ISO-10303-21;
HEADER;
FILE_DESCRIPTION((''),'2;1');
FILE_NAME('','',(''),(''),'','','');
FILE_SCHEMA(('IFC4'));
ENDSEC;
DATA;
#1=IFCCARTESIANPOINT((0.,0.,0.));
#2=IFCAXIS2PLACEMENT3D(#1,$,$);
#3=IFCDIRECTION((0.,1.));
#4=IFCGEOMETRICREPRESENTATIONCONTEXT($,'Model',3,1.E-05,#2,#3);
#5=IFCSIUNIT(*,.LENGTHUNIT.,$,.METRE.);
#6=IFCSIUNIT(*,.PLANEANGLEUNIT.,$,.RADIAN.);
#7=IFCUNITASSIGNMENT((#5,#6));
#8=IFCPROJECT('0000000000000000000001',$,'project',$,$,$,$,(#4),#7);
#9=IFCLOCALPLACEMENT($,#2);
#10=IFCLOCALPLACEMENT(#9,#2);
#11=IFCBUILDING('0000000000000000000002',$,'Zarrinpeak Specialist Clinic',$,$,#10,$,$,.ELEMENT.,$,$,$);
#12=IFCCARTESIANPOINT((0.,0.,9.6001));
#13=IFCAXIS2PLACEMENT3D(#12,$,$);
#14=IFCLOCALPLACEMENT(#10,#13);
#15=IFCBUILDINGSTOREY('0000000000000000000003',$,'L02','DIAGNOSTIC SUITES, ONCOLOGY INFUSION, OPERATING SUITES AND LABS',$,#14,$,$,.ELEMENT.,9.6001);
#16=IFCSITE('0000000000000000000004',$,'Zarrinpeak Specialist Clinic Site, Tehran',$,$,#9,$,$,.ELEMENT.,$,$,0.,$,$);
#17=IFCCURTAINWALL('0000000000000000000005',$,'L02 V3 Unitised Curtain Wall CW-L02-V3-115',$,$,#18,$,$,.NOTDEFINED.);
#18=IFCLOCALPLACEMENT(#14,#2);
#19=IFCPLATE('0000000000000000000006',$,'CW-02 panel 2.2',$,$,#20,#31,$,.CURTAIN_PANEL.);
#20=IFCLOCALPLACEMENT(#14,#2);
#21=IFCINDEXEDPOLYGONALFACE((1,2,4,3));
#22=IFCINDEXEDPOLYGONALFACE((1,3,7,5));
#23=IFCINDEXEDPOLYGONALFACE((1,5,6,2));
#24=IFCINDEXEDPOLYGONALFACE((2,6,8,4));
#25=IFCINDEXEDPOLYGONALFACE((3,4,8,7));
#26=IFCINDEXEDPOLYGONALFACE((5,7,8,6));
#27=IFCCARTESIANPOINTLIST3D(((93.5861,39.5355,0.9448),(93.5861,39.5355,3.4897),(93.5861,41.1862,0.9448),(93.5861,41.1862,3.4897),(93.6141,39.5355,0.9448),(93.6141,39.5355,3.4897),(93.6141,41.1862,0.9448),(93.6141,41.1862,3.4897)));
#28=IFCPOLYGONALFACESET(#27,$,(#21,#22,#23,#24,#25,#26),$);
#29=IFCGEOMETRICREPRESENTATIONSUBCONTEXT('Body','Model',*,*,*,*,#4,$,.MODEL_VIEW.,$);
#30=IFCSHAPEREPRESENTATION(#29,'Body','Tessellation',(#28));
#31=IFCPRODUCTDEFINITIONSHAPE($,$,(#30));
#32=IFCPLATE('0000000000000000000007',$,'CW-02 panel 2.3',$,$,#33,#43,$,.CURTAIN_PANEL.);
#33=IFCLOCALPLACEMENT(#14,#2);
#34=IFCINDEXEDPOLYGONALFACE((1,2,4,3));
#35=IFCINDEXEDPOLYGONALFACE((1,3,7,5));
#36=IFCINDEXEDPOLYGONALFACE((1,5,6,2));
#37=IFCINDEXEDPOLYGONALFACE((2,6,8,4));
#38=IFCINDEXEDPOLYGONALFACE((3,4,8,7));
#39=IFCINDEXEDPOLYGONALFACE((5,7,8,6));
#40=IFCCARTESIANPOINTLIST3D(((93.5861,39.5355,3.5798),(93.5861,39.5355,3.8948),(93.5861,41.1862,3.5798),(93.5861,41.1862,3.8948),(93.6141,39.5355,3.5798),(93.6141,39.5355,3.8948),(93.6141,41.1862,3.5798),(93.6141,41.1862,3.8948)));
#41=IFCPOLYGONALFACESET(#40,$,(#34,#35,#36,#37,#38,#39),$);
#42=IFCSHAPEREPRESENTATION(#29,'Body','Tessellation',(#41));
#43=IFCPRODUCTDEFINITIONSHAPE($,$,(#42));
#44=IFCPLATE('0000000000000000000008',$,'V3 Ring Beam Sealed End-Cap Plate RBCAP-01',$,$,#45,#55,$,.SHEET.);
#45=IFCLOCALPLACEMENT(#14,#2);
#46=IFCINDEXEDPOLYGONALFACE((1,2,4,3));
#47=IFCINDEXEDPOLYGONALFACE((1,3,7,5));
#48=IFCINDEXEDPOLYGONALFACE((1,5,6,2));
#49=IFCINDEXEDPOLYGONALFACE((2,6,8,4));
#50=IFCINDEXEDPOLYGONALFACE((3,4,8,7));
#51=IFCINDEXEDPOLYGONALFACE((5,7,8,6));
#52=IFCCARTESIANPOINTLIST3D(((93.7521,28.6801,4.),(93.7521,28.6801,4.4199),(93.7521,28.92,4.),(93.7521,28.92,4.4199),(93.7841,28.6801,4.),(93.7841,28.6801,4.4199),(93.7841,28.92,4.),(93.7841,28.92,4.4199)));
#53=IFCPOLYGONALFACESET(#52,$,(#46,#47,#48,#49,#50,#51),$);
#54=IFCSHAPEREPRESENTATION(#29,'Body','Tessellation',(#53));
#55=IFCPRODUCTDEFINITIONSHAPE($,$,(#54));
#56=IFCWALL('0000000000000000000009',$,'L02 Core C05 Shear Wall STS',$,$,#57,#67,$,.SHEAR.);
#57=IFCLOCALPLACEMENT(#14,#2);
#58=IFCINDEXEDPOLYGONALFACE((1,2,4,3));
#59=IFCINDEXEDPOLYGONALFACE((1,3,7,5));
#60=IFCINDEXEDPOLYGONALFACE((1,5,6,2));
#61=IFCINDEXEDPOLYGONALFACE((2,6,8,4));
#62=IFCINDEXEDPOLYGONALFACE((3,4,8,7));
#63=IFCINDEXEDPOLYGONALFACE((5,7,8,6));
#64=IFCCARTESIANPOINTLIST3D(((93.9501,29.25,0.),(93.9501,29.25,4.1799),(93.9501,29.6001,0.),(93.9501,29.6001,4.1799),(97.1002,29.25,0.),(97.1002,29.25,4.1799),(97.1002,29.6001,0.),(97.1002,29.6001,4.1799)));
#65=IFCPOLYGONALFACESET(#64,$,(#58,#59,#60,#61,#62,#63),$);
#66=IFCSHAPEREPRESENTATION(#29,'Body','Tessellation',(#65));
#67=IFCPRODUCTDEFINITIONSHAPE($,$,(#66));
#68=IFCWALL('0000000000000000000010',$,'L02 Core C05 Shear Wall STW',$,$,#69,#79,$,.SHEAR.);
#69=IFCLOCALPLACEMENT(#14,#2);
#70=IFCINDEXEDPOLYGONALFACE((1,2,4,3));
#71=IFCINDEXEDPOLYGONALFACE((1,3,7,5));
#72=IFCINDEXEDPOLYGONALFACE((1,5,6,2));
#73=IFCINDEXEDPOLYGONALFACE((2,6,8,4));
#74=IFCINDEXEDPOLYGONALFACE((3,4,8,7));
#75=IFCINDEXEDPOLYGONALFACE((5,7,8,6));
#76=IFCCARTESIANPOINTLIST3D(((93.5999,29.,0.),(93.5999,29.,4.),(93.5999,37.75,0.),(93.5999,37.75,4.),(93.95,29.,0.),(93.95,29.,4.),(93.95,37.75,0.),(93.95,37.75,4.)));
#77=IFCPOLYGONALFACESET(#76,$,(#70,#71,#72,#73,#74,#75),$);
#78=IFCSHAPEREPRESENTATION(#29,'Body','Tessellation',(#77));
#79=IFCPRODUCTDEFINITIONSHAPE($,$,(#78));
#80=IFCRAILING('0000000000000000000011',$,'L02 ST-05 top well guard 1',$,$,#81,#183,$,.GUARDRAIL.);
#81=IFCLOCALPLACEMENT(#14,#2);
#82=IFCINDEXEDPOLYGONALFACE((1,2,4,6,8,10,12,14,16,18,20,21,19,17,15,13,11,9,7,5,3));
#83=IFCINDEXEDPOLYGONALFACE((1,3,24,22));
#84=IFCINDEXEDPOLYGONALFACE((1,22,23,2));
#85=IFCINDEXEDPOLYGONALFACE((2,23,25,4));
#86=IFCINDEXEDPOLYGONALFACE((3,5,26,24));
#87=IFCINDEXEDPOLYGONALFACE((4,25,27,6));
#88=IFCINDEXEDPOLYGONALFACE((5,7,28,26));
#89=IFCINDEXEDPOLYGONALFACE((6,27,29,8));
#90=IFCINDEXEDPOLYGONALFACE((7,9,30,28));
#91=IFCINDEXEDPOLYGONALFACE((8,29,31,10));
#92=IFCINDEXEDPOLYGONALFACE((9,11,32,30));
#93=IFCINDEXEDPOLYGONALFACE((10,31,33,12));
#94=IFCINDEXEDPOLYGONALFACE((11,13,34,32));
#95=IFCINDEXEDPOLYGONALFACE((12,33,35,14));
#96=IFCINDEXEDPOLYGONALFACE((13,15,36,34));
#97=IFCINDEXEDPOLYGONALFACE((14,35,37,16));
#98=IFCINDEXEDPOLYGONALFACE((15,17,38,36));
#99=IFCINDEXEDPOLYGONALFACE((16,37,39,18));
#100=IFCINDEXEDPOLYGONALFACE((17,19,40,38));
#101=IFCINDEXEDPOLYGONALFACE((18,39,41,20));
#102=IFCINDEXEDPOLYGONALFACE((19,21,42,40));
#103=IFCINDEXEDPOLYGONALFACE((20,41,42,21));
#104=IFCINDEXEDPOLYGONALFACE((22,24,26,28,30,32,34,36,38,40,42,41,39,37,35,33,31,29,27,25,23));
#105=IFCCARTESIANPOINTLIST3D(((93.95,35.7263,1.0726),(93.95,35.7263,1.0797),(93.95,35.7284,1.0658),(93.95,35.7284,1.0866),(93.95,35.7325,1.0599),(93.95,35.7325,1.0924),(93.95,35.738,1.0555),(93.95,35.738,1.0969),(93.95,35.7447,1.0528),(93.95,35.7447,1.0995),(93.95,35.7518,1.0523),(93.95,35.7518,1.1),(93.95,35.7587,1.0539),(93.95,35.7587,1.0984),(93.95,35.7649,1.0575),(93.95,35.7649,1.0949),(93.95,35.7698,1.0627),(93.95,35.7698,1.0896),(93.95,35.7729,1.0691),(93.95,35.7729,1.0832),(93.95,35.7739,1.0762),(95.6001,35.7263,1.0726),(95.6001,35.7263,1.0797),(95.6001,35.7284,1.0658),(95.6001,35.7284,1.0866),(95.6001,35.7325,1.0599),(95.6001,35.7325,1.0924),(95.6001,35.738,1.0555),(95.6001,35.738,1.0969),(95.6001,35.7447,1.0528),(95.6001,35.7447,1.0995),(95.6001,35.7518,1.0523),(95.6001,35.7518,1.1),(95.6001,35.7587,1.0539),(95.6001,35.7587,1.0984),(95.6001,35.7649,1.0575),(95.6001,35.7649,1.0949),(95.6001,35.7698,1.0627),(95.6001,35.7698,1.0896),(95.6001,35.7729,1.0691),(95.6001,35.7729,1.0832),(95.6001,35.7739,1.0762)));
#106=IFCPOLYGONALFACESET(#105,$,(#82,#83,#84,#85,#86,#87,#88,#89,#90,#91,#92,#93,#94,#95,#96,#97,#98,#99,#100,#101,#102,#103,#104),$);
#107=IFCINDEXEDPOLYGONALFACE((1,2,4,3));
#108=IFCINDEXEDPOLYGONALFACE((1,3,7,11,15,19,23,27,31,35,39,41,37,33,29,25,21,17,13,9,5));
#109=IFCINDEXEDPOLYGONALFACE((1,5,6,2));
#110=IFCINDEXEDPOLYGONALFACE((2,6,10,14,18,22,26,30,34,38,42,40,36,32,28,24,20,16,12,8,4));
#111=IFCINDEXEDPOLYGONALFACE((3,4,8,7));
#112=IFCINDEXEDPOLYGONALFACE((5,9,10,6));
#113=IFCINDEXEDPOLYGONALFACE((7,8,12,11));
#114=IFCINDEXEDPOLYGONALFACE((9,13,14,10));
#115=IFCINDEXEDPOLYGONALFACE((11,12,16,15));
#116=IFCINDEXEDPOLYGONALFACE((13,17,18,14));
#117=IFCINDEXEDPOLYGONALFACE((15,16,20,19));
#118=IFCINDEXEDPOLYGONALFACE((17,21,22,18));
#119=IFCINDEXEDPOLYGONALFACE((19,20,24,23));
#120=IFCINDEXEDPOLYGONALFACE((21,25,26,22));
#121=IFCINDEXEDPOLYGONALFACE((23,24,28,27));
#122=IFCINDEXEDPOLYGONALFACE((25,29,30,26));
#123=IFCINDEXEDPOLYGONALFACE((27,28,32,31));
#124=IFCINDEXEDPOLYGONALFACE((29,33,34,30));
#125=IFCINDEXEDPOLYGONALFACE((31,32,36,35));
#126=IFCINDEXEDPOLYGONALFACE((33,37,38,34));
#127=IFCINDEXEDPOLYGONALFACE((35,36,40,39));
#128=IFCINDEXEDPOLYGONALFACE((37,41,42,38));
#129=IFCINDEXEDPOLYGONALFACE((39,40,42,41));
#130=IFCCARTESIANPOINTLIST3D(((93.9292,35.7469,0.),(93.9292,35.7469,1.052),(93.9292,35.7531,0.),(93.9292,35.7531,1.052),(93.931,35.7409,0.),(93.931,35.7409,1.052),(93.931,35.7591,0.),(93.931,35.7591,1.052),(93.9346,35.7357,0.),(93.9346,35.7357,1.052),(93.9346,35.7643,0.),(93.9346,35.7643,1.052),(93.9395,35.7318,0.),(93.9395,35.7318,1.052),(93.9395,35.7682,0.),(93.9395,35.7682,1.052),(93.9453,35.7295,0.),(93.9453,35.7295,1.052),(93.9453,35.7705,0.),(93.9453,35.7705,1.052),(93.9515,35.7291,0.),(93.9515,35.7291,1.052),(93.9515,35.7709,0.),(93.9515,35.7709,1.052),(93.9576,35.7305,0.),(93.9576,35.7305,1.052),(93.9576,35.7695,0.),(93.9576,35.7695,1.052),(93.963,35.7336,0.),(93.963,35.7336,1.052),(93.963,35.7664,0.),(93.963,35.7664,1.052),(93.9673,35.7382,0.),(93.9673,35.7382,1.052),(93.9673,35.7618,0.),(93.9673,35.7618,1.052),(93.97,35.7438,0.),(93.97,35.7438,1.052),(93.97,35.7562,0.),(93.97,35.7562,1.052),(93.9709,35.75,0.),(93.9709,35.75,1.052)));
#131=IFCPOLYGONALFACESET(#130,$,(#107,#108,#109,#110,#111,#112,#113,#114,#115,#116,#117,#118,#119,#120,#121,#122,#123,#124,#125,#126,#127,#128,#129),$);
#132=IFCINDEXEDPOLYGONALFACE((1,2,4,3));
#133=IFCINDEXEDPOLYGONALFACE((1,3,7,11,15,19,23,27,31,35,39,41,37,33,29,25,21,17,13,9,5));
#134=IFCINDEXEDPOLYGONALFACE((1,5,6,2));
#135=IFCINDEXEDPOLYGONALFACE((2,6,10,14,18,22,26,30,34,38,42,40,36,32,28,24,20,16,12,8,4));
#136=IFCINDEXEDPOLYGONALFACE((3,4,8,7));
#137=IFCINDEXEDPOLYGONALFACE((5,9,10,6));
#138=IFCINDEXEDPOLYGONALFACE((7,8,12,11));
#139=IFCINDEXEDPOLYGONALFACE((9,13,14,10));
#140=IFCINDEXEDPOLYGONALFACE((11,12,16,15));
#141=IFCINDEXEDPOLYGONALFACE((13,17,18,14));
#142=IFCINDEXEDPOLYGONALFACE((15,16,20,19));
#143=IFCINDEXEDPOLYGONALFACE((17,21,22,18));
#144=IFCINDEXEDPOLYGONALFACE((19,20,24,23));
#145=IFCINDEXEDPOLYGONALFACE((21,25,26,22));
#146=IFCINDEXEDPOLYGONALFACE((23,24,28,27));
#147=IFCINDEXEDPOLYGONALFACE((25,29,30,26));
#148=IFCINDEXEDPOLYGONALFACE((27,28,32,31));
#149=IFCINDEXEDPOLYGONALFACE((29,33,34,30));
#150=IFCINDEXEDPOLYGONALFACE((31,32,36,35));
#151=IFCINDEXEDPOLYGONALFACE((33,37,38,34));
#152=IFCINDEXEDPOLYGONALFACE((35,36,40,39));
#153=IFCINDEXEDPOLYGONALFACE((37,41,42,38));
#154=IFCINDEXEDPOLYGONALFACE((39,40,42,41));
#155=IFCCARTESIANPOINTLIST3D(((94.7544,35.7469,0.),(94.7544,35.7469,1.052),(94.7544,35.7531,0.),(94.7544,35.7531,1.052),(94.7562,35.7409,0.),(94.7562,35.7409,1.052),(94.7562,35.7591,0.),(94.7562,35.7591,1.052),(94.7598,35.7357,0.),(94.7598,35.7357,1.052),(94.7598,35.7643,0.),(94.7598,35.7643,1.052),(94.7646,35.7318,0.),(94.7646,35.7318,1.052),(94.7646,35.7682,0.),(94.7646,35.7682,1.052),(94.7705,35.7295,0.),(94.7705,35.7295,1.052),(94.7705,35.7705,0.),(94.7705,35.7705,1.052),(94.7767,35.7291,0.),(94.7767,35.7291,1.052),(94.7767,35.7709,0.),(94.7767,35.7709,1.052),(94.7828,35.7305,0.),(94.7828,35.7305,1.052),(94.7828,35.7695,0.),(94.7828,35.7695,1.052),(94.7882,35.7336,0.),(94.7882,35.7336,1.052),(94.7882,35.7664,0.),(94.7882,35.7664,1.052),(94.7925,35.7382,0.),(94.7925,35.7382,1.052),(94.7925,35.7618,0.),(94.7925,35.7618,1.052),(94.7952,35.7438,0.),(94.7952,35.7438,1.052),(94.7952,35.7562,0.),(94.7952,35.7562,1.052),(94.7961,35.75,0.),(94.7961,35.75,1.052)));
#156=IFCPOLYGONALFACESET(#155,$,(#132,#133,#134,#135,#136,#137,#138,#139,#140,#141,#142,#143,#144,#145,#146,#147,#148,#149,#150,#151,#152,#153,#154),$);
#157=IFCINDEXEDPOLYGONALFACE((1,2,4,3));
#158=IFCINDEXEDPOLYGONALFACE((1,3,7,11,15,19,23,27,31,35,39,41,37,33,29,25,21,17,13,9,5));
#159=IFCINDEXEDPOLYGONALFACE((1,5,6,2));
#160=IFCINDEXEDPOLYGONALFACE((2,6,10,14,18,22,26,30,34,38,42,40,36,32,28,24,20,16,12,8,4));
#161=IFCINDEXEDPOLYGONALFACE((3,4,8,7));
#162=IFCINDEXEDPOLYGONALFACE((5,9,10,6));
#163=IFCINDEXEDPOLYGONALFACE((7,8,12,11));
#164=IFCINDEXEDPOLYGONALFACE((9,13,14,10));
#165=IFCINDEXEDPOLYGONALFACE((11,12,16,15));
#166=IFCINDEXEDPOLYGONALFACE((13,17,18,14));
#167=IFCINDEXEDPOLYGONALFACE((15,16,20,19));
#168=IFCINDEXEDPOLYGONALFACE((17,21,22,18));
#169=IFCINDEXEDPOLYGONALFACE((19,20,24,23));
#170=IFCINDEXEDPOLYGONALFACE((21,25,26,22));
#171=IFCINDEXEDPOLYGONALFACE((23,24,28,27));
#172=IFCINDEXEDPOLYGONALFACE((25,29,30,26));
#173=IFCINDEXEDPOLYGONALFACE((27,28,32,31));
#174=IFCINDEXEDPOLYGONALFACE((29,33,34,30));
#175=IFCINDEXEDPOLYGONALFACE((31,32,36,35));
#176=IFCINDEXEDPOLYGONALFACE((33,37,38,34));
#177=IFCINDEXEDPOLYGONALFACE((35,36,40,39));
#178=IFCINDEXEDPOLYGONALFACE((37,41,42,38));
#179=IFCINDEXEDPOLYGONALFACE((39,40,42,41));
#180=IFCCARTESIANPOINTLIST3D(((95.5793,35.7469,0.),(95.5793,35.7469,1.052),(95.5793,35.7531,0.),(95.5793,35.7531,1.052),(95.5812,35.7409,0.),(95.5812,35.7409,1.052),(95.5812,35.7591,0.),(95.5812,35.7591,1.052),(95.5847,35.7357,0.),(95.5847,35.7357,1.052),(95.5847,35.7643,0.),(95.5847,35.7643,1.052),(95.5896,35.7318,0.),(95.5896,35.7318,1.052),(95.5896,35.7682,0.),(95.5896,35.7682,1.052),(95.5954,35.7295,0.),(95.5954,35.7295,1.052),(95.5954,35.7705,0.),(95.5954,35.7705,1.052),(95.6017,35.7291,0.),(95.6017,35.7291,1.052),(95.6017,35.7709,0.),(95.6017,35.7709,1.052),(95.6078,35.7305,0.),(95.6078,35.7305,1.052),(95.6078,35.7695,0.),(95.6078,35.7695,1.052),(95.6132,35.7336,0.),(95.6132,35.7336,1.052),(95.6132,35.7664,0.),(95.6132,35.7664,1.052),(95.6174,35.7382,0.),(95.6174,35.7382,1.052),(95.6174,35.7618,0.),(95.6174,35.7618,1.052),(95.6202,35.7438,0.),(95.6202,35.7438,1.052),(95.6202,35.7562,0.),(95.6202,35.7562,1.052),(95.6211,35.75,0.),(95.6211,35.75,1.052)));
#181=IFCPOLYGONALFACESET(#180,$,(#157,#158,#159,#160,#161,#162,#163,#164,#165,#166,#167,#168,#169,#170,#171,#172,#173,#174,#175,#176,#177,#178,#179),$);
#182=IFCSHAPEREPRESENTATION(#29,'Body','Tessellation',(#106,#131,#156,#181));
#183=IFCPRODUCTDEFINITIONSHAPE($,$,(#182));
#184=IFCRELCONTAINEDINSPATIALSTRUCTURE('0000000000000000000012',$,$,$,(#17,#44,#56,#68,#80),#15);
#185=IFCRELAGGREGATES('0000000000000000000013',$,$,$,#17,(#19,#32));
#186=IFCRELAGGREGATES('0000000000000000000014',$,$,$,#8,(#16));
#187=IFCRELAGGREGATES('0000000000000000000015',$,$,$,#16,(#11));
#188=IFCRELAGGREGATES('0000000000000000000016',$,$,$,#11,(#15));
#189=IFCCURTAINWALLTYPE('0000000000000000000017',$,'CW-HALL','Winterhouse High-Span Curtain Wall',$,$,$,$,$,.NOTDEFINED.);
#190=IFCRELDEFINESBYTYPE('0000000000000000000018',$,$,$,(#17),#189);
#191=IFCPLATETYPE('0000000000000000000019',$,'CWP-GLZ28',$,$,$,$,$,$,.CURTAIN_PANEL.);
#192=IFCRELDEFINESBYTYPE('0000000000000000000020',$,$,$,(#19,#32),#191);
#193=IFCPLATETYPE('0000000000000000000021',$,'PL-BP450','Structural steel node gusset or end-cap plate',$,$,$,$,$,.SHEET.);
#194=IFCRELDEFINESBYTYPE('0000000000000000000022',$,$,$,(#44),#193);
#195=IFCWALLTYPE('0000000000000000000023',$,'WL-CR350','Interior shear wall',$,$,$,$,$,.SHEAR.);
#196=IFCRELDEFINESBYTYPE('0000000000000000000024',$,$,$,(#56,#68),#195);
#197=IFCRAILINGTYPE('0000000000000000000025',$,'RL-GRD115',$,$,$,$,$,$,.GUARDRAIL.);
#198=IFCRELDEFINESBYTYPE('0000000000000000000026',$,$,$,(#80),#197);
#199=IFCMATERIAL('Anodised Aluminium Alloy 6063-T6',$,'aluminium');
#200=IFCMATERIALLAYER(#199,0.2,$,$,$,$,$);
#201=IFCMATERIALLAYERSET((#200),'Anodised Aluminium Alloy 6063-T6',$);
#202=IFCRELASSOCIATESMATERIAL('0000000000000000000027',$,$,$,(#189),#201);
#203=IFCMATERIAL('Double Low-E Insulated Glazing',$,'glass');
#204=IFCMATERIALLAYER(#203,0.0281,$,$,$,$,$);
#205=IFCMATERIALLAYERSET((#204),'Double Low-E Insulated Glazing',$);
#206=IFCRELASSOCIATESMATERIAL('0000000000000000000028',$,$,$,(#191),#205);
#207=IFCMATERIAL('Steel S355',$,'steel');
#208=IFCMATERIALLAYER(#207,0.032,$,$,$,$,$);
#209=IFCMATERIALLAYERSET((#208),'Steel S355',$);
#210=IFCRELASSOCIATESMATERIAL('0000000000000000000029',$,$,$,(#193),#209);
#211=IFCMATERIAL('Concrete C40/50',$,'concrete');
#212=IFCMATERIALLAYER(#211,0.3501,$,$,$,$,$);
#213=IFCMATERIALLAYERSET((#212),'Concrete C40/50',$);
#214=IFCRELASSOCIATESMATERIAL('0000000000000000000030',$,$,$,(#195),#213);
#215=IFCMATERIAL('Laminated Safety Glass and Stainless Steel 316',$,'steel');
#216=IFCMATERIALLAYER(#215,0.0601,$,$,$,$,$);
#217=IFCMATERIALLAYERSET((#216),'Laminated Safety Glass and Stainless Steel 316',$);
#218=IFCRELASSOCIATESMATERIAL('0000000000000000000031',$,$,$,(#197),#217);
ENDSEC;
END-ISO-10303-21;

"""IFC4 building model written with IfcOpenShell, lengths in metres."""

from ifc_helpers import new_model, si_unit, direction, frame, frame_2d, origin, origin_2d, place, context, subcontext, project, spatial, rectangle, circle, extrude, material, layer, layer_set, type_object, element, aggregate, save


model = new_model("IFC4")

# Units and contexts
model_context = context("Model", 3, precision=1e-05, world=origin(), true_north=direction((0.0, 1.0)))
body_context = subcontext(model_context, "Body", "Model", "MODEL_VIEW")
ifc_project = project(units=[si_unit("LENGTHUNIT", "METRE"), si_unit("PLANEANGLEUNIT", "RADIAN")], contexts=[model_context])

# Site, building, storey
site_placement = place(None, origin())
site = spatial("IfcSite", under=ifc_project, at=site_placement, Name="Zarrinpeak Specialist Clinic Site, Tehran", CompositionType="ELEMENT", RefElevation=0.0)
building_placement = place(site_placement, origin())
building = spatial("IfcBuilding", under=site, at=building_placement, Name="Zarrinpeak Specialist Clinic", CompositionType="ELEMENT")
storey_placement = place(building_placement, frame((0.0, 0.0, 9.6001)))
storey = spatial("IfcBuildingStorey", under=building, at=storey_placement, Name="L02", Description="DIAGNOSTIC SUITES, ONCOLOGY INFUSION, OPERATING SUITES AND LABS", CompositionType="ELEMENT", Elevation=9.6001)

# Shared definitions
ifc_material_1 = material(Name="Steel S355", Category="steel")

# Curtain wall
ifc_material_2 = material(Name="Anodised Aluminium Alloy 6063-T6", Category="aluminium")
ifc_layer_1 = layer(ifc_material_2, 0.2)
ifc_layer_set_1 = layer_set([ifc_layer_1], Name="Anodised Aluminium Alloy 6063-T6")
curtain_wall_type = type_object("IfcCurtainWallType", Name="CW-HALL", Description="Winterhouse High-Span Curtain Wall", PredefinedType="NOTDEFINED", material=ifc_layer_set_1)
curtain_wall_1_placement = place(storey_placement, origin())
curtain_wall_1 = element("IfcCurtainWall", 1, at=curtain_wall_1_placement, inside=storey, type_object=curtain_wall_type, Name="L02 V3 Unitised Curtain Wall CW-L02-V3-115", PredefinedType="NOTDEFINED")

# Plates
ifc_material_3 = material(Name="Double Low-E Insulated Glazing", Category="glass")
ifc_layer_2 = layer(ifc_material_3, 0.0281)
ifc_layer_set_2 = layer_set([ifc_layer_2], Name="Double Low-E Insulated Glazing")
plate_type_1 = type_object("IfcPlateType", Name="CWP-GLZ28", PredefinedType="CURTAIN_PANEL", material=ifc_layer_set_2)
plate_1_placement = place(storey_placement, frame((93.6001, 40.3608, 0.9448), z_axis=(0.0, 0.0, 1.0), x_axis=(0.0, -1.0, 0.0)))
plate_1 = element("IfcPlate", 2, at=plate_1_placement, type_object=plate_type_1, Name="CW-02 panel 2.2", PredefinedType="CURTAIN_PANEL", context=body_context, shape_type="SweptSolid", body=[
    extrude(rectangle(XDim=1.6506, YDim=0.0281, at=origin_2d()), origin(), (0.0, 0.0, 1.0), 2.5449),
])
plate_2_placement = place(storey_placement, frame((93.6001, 40.3608, 3.5798), z_axis=(0.0, 0.0, 1.0), x_axis=(0.0, -1.0, 0.0)))
plate_2 = element("IfcPlate", 3, at=plate_2_placement, type_object=plate_type_1, Name="CW-02 panel 2.3", PredefinedType="CURTAIN_PANEL", context=body_context, shape_type="SweptSolid", body=[
    extrude(rectangle(XDim=1.6506, YDim=0.0281, at=origin_2d()), origin(), (0.0, 0.0, 1.0), 0.3149),
])
aggregate(curtain_wall_1, [plate_1, plate_2])
ifc_layer_3 = layer(ifc_material_1, 0.032)
ifc_layer_set_3 = layer_set([ifc_layer_3], Name="Steel S355")
plate_type_2 = type_object("IfcPlateType", Name="PL-BP450", Description="Structural steel node gusset or end-cap plate", PredefinedType="SHEET", material=ifc_layer_set_3)
plate_3_placement = place(storey_placement, frame((93.7681, 28.8, 4.0), z_axis=(0.0, 0.0, 1.0), x_axis=(1.0, 0.0, 0.0)))
element("IfcPlate", 4, at=plate_3_placement, inside=storey, type_object=plate_type_2, Name="V3 Ring Beam Sealed End-Cap Plate RBCAP-01", PredefinedType="SHEET", context=body_context, shape_type="SweptSolid", body=[
    extrude(rectangle(XDim=0.032, YDim=0.24, at=origin_2d()), origin(), (0.0, 0.0, 1.0), 0.4199),
])

# Wall
ifc_material_4 = material(Name="Concrete C40/50", Category="concrete")
ifc_layer_4 = layer(ifc_material_4, 0.3501)
ifc_layer_set_4 = layer_set([ifc_layer_4], Name="Concrete C40/50")
wall_type = type_object("IfcWallType", Name="WL-CR350", Description="Interior shear wall", PredefinedType="SHEAR", material=ifc_layer_set_4)
wall_1_placement = place(storey_placement, frame((93.95, 29.425, 0.0), z_axis=(0.0, 0.0, 1.0), x_axis=(1.0, 0.0, 0.0)))
element("IfcWall", 5, at=wall_1_placement, inside=storey, type_object=wall_type, Name="L02 Core C05 Shear Wall STS", PredefinedType="SHEAR", context=body_context, shape_type="SweptSolid", body=[
    extrude(rectangle(XDim=3.1501, YDim=0.3501, at=frame_2d((1.5752, 0.0))), origin(), (0.0, 0.0, 1.0), 4.1799),
])

# Wall
wall_2_placement = place(storey_placement, frame((93.7749, 29.0, 0.0), z_axis=(0.0, 0.0, 1.0), x_axis=(0.0, 1.0, 0.0)))
element("IfcWall", 6, at=wall_2_placement, inside=storey, type_object=wall_type, Name="L02 Core C05 Shear Wall STW", PredefinedType="SHEAR", context=body_context, shape_type="SweptSolid", body=[
    extrude(rectangle(XDim=8.75, YDim=0.3501, at=frame_2d((4.375, 0.0))), origin(), (0.0, 0.0, 1.0), 4.0),
])

# Railing
ifc_material_5 = material(Name="Laminated Safety Glass and Stainless Steel 316", Category="steel")
ifc_layer_5 = layer(ifc_material_5, 0.0601)
ifc_layer_set_5 = layer_set([ifc_layer_5], Name="Laminated Safety Glass and Stainless Steel 316")
railing_type = type_object("IfcRailingType", Name="RL-GRD115", PredefinedType="GUARDRAIL", material=ifc_layer_set_5)
railing_placement = place(storey_placement, frame((93.95, 35.75, 0.0)))
element("IfcRailing", 7, at=railing_placement, inside=storey, type_object=railing_type, Name="L02 ST-05 top well guard 1", PredefinedType="GUARDRAIL", context=body_context, shape_type="SweptSolid", body=[
    extrude(circle(Radius=0.0239, at=origin_2d()), frame((0.0, 0.0, 1.0762), z_axis=(1.0, 0.0, 0.0), x_axis=(0.0, 1.0, 0.0)), (0.0, 0.0, 1.0), 1.6501),
    extrude(circle(Radius=0.021, at=origin_2d()), origin(), (0.0, 0.0, 1.0), 1.052),
    extrude(circle(Radius=0.021, at=origin_2d()), frame((0.8252, 0.0, 0.0)), (0.0, 0.0, 1.0), 1.052),
    extrude(circle(Radius=0.021, at=origin_2d()), frame((1.6501, 0.0, 0.0)), (0.0, 0.0, 1.0), 1.052),
])

save(model, "model.ifc")
